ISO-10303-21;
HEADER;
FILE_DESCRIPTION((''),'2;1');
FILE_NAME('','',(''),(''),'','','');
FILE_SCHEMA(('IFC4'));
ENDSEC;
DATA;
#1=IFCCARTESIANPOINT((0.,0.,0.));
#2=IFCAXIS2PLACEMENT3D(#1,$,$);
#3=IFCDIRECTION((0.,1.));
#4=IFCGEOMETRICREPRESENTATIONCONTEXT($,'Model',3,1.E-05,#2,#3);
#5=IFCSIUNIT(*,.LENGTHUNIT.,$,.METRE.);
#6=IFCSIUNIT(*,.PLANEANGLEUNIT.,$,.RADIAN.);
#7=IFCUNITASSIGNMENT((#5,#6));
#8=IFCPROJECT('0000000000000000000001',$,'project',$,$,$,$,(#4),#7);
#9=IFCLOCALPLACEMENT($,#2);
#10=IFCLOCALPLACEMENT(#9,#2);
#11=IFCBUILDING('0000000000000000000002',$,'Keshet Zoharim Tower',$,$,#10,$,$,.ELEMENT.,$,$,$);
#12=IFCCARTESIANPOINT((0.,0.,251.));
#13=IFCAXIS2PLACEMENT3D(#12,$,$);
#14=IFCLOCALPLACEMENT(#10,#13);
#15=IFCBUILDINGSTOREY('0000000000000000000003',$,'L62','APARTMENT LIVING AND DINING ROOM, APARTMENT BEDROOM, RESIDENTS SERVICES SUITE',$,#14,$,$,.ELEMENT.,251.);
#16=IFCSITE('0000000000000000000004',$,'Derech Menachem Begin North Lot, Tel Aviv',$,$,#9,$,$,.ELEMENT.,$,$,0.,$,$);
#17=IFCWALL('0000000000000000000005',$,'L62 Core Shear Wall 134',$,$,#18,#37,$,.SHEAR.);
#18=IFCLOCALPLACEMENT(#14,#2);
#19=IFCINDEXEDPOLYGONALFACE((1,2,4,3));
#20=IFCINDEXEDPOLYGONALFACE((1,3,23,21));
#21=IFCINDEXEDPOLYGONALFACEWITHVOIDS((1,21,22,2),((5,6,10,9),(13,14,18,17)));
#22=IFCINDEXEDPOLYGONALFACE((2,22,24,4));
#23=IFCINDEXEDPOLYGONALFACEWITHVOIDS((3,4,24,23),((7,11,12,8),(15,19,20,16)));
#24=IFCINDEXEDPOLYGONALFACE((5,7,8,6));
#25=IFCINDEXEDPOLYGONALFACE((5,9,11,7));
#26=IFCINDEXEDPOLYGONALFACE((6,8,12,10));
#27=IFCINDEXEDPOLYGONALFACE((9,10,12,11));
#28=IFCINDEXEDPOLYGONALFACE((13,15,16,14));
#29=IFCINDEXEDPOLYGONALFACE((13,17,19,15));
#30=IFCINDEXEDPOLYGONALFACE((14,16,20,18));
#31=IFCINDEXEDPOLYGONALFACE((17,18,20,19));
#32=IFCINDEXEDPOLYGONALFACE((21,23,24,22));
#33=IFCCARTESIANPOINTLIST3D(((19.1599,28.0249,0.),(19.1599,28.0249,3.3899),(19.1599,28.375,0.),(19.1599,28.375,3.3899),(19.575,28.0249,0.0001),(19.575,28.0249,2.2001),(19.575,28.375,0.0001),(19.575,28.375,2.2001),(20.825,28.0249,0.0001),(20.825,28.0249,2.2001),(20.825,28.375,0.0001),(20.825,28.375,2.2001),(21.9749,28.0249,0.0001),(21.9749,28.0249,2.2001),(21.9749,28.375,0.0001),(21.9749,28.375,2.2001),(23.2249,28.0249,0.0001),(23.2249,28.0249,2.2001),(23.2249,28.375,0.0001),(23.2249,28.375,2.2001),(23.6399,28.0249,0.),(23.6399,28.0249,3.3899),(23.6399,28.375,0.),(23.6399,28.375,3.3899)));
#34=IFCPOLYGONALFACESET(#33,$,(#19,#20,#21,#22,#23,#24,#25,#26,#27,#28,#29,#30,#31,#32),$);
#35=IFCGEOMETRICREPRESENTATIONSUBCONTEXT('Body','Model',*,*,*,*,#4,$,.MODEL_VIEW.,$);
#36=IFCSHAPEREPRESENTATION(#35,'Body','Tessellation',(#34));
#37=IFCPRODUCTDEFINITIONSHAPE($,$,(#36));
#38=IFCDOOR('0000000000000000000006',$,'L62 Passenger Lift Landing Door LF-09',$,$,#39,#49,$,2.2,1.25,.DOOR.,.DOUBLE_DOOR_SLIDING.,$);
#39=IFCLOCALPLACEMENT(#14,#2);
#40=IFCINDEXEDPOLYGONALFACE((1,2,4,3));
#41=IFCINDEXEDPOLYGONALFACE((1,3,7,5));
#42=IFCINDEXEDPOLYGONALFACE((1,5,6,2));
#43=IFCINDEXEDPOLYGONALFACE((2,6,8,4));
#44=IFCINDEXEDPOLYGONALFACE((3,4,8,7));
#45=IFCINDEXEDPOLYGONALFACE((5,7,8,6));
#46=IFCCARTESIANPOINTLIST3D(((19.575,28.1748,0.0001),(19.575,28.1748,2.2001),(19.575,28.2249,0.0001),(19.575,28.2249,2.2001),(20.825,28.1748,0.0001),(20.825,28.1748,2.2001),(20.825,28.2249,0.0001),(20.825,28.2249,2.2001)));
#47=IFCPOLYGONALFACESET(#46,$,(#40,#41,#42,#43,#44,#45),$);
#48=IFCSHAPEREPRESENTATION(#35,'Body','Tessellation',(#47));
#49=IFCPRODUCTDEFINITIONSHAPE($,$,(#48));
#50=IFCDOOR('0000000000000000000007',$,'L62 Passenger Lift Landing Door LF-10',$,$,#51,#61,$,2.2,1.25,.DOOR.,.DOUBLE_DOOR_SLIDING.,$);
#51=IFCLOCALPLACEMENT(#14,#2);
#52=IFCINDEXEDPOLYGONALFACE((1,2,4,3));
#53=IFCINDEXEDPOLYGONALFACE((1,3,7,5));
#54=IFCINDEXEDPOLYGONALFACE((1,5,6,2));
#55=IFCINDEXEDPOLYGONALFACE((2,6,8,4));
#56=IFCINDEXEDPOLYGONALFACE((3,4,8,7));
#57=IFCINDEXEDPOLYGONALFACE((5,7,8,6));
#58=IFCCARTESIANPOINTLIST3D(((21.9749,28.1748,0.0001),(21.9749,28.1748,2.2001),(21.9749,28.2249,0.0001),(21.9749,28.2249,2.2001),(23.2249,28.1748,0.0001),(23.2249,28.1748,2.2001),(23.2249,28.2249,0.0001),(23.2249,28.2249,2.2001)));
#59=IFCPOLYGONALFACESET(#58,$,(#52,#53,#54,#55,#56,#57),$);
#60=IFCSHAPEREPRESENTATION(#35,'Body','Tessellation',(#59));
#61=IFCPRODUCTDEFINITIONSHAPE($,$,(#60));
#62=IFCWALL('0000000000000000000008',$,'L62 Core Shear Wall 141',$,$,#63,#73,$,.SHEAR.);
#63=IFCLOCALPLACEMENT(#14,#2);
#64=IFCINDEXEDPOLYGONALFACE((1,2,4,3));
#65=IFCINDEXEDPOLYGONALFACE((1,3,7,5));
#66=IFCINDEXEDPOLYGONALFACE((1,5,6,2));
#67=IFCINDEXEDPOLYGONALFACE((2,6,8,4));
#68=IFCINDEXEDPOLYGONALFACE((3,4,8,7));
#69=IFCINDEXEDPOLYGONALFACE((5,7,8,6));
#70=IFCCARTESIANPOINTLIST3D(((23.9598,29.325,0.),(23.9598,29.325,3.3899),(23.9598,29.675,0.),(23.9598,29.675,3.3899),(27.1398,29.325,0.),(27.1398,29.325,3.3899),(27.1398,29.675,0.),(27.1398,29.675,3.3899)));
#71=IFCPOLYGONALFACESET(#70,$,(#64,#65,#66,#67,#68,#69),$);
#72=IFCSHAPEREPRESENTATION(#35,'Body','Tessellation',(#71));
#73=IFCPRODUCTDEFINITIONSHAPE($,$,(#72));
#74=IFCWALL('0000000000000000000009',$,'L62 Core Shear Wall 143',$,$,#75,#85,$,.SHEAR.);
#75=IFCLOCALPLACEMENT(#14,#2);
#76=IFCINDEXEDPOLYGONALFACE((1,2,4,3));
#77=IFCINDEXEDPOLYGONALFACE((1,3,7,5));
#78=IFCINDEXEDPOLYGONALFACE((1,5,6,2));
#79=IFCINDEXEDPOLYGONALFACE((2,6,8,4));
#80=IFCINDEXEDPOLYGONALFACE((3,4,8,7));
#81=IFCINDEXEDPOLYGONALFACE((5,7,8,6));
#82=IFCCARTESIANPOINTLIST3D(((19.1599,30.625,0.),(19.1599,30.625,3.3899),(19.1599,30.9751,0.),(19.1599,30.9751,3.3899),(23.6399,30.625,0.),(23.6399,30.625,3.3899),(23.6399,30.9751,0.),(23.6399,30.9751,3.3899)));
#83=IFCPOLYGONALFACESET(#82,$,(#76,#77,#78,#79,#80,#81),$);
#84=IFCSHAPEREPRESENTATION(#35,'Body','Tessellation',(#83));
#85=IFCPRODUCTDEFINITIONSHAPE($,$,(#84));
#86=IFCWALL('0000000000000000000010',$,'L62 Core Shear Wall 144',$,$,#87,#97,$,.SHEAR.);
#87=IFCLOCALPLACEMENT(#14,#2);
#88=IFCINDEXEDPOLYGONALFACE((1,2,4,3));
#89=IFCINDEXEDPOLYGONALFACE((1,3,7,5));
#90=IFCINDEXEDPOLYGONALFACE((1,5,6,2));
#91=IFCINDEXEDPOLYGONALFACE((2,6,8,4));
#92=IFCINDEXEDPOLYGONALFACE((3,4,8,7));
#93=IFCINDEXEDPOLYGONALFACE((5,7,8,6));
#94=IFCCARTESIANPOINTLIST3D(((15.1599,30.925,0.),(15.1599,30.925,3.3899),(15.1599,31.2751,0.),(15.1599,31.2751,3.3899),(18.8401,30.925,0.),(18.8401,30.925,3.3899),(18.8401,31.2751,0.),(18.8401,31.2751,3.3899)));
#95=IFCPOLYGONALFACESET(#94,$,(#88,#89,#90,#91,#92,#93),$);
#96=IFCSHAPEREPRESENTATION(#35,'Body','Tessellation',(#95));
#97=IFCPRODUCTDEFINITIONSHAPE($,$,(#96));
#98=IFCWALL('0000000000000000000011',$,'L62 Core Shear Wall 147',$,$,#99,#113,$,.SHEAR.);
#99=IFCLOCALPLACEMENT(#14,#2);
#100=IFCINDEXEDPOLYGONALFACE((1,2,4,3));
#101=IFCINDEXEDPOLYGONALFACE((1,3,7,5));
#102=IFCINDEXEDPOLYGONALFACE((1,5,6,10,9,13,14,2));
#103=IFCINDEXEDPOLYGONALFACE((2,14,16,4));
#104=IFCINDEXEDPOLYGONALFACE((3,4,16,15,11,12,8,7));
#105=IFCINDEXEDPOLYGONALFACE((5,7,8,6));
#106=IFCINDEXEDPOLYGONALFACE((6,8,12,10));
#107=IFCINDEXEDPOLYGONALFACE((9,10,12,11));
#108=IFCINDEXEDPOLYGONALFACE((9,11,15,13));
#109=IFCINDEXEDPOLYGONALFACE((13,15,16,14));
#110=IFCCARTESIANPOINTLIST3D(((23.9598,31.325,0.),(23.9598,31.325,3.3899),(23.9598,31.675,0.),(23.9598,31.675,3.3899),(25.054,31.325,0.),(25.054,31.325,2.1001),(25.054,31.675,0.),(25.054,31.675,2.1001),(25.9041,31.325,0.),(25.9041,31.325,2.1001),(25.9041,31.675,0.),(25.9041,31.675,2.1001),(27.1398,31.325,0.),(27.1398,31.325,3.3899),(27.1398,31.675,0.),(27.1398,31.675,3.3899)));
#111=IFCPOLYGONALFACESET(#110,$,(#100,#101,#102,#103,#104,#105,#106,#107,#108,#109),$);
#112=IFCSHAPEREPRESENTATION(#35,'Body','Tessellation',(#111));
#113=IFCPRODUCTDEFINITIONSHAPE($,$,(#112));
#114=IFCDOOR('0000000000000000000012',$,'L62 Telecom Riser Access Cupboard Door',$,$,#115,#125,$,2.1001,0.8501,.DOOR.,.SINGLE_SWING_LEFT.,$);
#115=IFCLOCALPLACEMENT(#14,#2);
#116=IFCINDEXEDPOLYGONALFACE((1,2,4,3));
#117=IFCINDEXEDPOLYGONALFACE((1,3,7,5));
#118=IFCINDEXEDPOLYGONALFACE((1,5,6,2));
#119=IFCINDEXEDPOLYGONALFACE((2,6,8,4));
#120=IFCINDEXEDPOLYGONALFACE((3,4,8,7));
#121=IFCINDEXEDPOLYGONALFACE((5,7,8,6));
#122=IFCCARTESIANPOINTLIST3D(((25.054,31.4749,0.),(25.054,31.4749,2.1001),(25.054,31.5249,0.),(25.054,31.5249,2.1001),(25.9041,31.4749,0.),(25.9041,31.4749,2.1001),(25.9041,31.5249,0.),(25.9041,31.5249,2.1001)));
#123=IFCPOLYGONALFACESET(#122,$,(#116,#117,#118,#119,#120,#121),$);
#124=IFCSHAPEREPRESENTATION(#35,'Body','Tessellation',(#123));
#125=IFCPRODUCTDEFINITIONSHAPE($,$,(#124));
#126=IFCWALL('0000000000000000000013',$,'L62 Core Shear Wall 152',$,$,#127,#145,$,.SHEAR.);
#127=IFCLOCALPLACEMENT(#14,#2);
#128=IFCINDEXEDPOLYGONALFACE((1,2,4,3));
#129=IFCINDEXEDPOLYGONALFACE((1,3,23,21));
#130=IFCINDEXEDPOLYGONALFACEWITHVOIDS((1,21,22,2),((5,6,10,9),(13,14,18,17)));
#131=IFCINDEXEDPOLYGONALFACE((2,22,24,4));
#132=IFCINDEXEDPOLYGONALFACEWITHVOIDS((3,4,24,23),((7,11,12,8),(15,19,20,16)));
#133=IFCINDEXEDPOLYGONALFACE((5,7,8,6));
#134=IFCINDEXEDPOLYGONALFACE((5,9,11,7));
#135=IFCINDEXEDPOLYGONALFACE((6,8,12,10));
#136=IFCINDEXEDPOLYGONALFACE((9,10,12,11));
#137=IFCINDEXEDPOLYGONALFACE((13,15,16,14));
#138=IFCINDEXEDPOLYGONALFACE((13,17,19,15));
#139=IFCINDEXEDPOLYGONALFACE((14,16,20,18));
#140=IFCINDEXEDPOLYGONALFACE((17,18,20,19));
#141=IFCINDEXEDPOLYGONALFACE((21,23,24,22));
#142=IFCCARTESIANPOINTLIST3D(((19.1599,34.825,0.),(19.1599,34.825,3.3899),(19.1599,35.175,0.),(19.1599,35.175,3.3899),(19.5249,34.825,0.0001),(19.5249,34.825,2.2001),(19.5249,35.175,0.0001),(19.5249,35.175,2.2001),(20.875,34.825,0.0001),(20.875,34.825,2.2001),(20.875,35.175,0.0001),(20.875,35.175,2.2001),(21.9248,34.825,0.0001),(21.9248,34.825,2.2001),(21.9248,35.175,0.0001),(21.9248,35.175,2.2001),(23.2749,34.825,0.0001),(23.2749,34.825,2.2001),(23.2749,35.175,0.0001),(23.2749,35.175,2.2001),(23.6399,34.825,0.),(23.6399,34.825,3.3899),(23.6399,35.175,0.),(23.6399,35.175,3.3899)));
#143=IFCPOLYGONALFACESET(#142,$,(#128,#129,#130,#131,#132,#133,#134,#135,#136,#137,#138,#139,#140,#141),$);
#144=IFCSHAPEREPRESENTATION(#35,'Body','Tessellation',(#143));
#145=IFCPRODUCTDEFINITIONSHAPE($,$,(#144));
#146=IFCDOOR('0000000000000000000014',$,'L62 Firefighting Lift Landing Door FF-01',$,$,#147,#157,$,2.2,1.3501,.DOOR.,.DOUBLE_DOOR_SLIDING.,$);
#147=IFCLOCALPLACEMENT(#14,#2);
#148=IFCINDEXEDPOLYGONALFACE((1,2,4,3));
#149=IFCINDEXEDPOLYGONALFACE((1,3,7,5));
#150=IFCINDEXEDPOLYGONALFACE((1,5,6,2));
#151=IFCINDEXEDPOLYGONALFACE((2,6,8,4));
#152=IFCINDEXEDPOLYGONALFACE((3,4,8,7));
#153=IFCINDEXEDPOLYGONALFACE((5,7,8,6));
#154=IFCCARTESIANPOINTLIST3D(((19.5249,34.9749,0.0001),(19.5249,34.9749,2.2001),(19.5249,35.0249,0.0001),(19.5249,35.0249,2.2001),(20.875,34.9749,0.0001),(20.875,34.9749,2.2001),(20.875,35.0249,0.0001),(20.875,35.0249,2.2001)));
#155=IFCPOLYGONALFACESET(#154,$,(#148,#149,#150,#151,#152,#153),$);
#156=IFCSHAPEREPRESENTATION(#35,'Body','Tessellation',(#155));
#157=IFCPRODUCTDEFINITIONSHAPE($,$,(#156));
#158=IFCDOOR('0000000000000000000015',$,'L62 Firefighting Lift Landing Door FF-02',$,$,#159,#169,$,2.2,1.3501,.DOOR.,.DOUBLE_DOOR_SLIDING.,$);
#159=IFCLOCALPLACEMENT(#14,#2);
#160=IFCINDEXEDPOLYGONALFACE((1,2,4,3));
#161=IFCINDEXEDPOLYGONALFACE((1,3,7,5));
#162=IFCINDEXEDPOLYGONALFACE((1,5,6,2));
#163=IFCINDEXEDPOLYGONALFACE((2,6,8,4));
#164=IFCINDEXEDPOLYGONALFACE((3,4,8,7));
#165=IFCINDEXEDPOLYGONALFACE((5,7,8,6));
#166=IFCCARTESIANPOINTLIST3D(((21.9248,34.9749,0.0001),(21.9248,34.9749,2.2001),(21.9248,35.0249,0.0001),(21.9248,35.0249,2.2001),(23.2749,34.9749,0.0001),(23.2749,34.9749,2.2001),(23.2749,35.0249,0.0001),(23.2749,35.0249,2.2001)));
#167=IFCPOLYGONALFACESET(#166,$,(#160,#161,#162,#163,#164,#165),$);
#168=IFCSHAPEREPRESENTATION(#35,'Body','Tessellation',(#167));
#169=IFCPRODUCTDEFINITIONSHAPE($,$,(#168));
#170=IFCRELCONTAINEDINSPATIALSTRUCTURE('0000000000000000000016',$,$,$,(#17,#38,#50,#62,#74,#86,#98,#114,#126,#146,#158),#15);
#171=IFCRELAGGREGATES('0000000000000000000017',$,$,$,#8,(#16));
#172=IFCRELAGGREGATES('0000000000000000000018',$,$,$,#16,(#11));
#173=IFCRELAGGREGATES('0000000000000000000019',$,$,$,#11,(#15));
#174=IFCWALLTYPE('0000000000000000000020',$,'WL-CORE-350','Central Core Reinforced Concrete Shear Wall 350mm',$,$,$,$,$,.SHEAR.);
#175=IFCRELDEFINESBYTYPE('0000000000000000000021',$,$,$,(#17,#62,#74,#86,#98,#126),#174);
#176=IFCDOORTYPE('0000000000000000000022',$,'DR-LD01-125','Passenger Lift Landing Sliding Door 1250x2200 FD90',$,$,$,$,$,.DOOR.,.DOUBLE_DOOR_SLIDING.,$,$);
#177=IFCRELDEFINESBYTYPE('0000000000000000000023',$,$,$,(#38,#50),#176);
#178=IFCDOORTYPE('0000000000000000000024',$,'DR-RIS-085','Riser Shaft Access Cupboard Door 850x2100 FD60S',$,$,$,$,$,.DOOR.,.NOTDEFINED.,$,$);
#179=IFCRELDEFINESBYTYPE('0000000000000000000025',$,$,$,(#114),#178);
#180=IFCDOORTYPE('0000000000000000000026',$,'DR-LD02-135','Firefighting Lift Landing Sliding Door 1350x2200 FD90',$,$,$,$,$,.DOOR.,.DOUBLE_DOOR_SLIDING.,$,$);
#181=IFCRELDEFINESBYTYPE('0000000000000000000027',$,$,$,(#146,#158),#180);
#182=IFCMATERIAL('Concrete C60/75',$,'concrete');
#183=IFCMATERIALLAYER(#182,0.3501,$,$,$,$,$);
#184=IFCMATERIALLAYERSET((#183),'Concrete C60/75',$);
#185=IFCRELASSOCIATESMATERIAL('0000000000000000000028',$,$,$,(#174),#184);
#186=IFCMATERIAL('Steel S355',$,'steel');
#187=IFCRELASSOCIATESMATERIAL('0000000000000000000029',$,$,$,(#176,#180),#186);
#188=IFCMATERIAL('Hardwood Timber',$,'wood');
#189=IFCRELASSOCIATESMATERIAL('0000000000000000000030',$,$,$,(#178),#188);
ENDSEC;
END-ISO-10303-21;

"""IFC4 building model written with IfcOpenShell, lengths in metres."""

from ifc_helpers import new_model, si_unit, direction, frame, frame_2d, origin, place, context, subcontext, project, spatial, rectangle, extrude, material, layer, layer_set, type_object, element, fill, save


model = new_model("IFC4")

# Units and contexts
model_context = context("Model", 3, precision=1e-05, world=origin(), true_north=direction((0.0, 1.0)))
body_context = subcontext(model_context, "Body", "Model", "MODEL_VIEW")
ifc_project = project(units=[si_unit("LENGTHUNIT", "METRE"), si_unit("PLANEANGLEUNIT", "RADIAN")], contexts=[model_context])

# Site, building, storey
site_placement = place(None, origin())
site = spatial("IfcSite", under=ifc_project, at=site_placement, Name="Derech Menachem Begin North Lot, Tel Aviv", CompositionType="ELEMENT", RefElevation=0.0)
building_placement = place(site_placement, origin())
building = spatial("IfcBuilding", under=site, at=building_placement, Name="Keshet Zoharim Tower", CompositionType="ELEMENT")
storey_placement = place(building_placement, frame((0.0, 0.0, 251.0)))
storey = spatial("IfcBuildingStorey", under=building, at=storey_placement, Name="L62", Description="APARTMENT LIVING AND DINING ROOM, APARTMENT BEDROOM, RESIDENTS SERVICES SUITE", CompositionType="ELEMENT", Elevation=251.0)

# Shared definitions
ifc_material_1 = material(Name="Steel S355", Category="steel")

# Shared definitions
ifc_material_2 = material(Name="Concrete C60/75", Category="concrete")
ifc_layer_1 = layer(ifc_material_2, 0.3501)
ifc_layer_set_1 = layer_set([ifc_layer_1], Name="Concrete C60/75")
wall_type_1 = type_object("IfcWallType", Name="WL-CORE-350", Description="Central Core Reinforced Concrete Shear Wall 350mm", PredefinedType="SHEAR", material=ifc_layer_set_1)

# Shared definitions
ifc_material_3 = material(Name="Hardwood Timber", Category="wood")

# Wall, openings, doors
wall_1_placement = place(storey_placement, frame((19.1599, 28.2, 0.0), z_axis=(0.0, 0.0, 1.0), x_axis=(1.0, 0.0, 0.0)))
wall_1 = element("IfcWall", 1, at=wall_1_placement, inside=storey, type_object=wall_type_1, Name="L62 Core Shear Wall 134", PredefinedType="SHEAR", context=body_context, shape_type="SweptSolid", body=[
    extrude(rectangle(XDim=4.48, YDim=0.3501, at=frame_2d((2.24, 0.0))), origin(), (0.0, 0.0, 1.0), 3.3899),
])
opening_1_placement = place(wall_1_placement, frame((0.415, 0.0, 0.0)))
opening_1 = element("IfcOpeningElement", 2, at=opening_1_placement, cuts=wall_1, PredefinedType="OPENING", context=body_context, shape_type="SweptSolid", body=[
    extrude(rectangle(XDim=1.25, YDim=2.2, at=frame_2d((0.625, 1.1001))), frame((0.0, 0.1851, 0.0), z_axis=(0.0, -1.0, 0.0), x_axis=(1.0, 0.0, 0.0)), (0.0, 0.0, 1.0), 0.3701),
])
opening_2_placement = place(wall_1_placement, frame((2.8149, 0.0, 0.0)))
opening_2 = element("IfcOpeningElement", 3, at=opening_2_placement, cuts=wall_1, PredefinedType="OPENING", context=body_context, shape_type="SweptSolid", body=[
    extrude(rectangle(XDim=1.25, YDim=2.2, at=frame_2d((0.625, 1.1001))), frame((0.0, 0.1851, 0.0), z_axis=(0.0, -1.0, 0.0), x_axis=(1.0, 0.0, 0.0)), (0.0, 0.0, 1.0), 0.3701),
])
door_type_1 = type_object("IfcDoorType", Name="DR-LD01-125", Description="Passenger Lift Landing Sliding Door 1250x2200 FD90", OperationType="DOUBLE_DOOR_SLIDING", PredefinedType="DOOR", material=ifc_material_1)
door_1_placement = place(opening_1_placement, origin())
door_1 = element("IfcDoor", 4, at=door_1_placement, inside=storey, type_object=door_type_1, Name="L62 Passenger Lift Landing Door LF-09", OperationType="DOUBLE_DOOR_SLIDING", OverallHeight=2.2, OverallWidth=1.25, PredefinedType="DOOR", context=body_context, shape_type="SweptSolid", body=[
    extrude(rectangle(XDim=1.25, YDim=2.2, at=frame_2d((0.625, 1.1001))), frame((0.0, 0.0249, 0.0), z_axis=(0.0, -1.0, 0.0), x_axis=(1.0, 0.0, 0.0)), (0.0, 0.0, 1.0), 0.05),
])
fill(opening_1, door_1)
door_2_placement = place(opening_2_placement, origin())
door_2 = element("IfcDoor", 5, at=door_2_placement, inside=storey, type_object=door_type_1, Name="L62 Passenger Lift Landing Door LF-10", OperationType="DOUBLE_DOOR_SLIDING", OverallHeight=2.2, OverallWidth=1.25, PredefinedType="DOOR", context=body_context, shape_type="SweptSolid", body=[
    extrude(rectangle(XDim=1.25, YDim=2.2, at=frame_2d((0.625, 1.1001))), frame((0.0, 0.0249, 0.0), z_axis=(0.0, -1.0, 0.0), x_axis=(1.0, 0.0, 0.0)), (0.0, 0.0, 1.0), 0.05),
])
fill(opening_2, door_2)

# Walls
wall_2_placement = place(storey_placement, frame((23.96, 29.5, 0.0), z_axis=(0.0, 0.0, 1.0), x_axis=(1.0, 0.0, 0.0)))
element("IfcWall", 6, at=wall_2_placement, inside=storey, type_object=wall_type_1, Name="L62 Core Shear Wall 141", PredefinedType="SHEAR", context=body_context, shape_type="SweptSolid", body=[
    extrude(rectangle(XDim=3.1799, YDim=0.3501, at=frame_2d((1.5898, 0.0))), origin(), (0.0, 0.0, 1.0), 3.3899),
])
wall_3_placement = place(storey_placement, frame((19.1599, 30.8, 0.0), z_axis=(0.0, 0.0, 1.0), x_axis=(1.0, 0.0, 0.0)))
element("IfcWall", 7, at=wall_3_placement, inside=storey, type_object=wall_type_1, Name="L62 Core Shear Wall 143", PredefinedType="SHEAR", context=body_context, shape_type="SweptSolid", body=[
    extrude(rectangle(XDim=4.48, YDim=0.3501, at=frame_2d((2.24, 0.0))), origin(), (0.0, 0.0, 1.0), 3.3899),
])
wall_4_placement = place(storey_placement, frame((15.1599, 31.1001, 0.0), z_axis=(0.0, 0.0, 1.0), x_axis=(1.0, 0.0, 0.0)))
element("IfcWall", 8, at=wall_4_placement, inside=storey, type_object=wall_type_1, Name="L62 Core Shear Wall 144", PredefinedType="SHEAR", context=body_context, shape_type="SweptSolid", body=[
    extrude(rectangle(XDim=3.6802, YDim=0.3501, at=frame_2d((1.8401, 0.0))), origin(), (0.0, 0.0, 1.0), 3.3899),
])

# Wall, opening, door
wall_5_placement = place(storey_placement, frame((23.96, 31.5, 0.0), z_axis=(0.0, 0.0, 1.0), x_axis=(1.0, 0.0, 0.0)))
wall_5 = element("IfcWall", 9, at=wall_5_placement, inside=storey, type_object=wall_type_1, Name="L62 Core Shear Wall 147", PredefinedType="SHEAR", context=body_context, shape_type="SweptSolid", body=[
    extrude(rectangle(XDim=3.1799, YDim=0.3501, at=frame_2d((1.5898, 0.0))), origin(), (0.0, 0.0, 1.0), 3.3899),
])
opening_3_placement = place(wall_5_placement, frame((1.094, 0.0, 0.0)))
opening_3 = element("IfcOpeningElement", 10, at=opening_3_placement, cuts=wall_5, PredefinedType="OPENING", context=body_context, shape_type="SweptSolid", body=[
    extrude(rectangle(XDim=0.8501, YDim=2.1001, at=frame_2d((0.425, 1.05))), frame((0.0, 0.1851, 0.0), z_axis=(0.0, -1.0, 0.0), x_axis=(1.0, 0.0, 0.0)), (0.0, 0.0, 1.0), 0.3701),
])
door_type_2 = type_object("IfcDoorType", Name="DR-RIS-085", Description="Riser Shaft Access Cupboard Door 850x2100 FD60S", OperationType="NOTDEFINED", PredefinedType="DOOR", material=ifc_material_3)
door_3_placement = place(opening_3_placement, origin())
door_3 = element("IfcDoor", 11, at=door_3_placement, inside=storey, type_object=door_type_2, Name="L62 Telecom Riser Access Cupboard Door", OperationType="SINGLE_SWING_LEFT", OverallHeight=2.1001, OverallWidth=0.8501, PredefinedType="DOOR", context=body_context, shape_type="SweptSolid", body=[
    extrude(rectangle(XDim=0.8501, YDim=2.1001, at=frame_2d((0.425, 1.05))), frame((0.0, 0.0249, 0.0), z_axis=(0.0, -1.0, 0.0), x_axis=(1.0, 0.0, 0.0)), (0.0, 0.0, 1.0), 0.05),
])
fill(opening_3, door_3)

# Wall, openings, doors
wall_6_placement = place(storey_placement, frame((19.1599, 35.0, 0.0), z_axis=(0.0, 0.0, 1.0), x_axis=(1.0, 0.0, 0.0)))
wall_6 = element("IfcWall", 12, at=wall_6_placement, inside=storey, type_object=wall_type_1, Name="L62 Core Shear Wall 152", PredefinedType="SHEAR", context=body_context, shape_type="SweptSolid", body=[
    extrude(rectangle(XDim=4.48, YDim=0.3501, at=frame_2d((2.24, 0.0))), origin(), (0.0, 0.0, 1.0), 3.3899),
])
opening_4_placement = place(wall_6_placement, frame((0.365, 0.0, 0.0)))
opening_4 = element("IfcOpeningElement", 13, at=opening_4_placement, cuts=wall_6, PredefinedType="OPENING", context=body_context, shape_type="SweptSolid", body=[
    extrude(rectangle(XDim=1.3501, YDim=2.2, at=frame_2d((0.675, 1.1001))), frame((0.0, 0.1851, 0.0), z_axis=(0.0, -1.0, 0.0), x_axis=(1.0, 0.0, 0.0)), (0.0, 0.0, 1.0), 0.3701),
])
opening_5_placement = place(wall_6_placement, frame((2.7649, 0.0, 0.0)))
opening_5 = element("IfcOpeningElement", 14, at=opening_5_placement, cuts=wall_6, PredefinedType="OPENING", context=body_context, shape_type="SweptSolid", body=[
    extrude(rectangle(XDim=1.3501, YDim=2.2, at=frame_2d((0.675, 1.1001))), frame((0.0, 0.1851, 0.0), z_axis=(0.0, -1.0, 0.0), x_axis=(1.0, 0.0, 0.0)), (0.0, 0.0, 1.0), 0.3701),
])
door_type_3 = type_object("IfcDoorType", Name="DR-LD02-135", Description="Firefighting Lift Landing Sliding Door 1350x2200 FD90", OperationType="DOUBLE_DOOR_SLIDING", PredefinedType="DOOR", material=ifc_material_1)
door_4_placement = place(opening_4_placement, origin())
door_4 = element("IfcDoor", 15, at=door_4_placement, inside=storey, type_object=door_type_3, Name="L62 Firefighting Lift Landing Door FF-01", OperationType="DOUBLE_DOOR_SLIDING", OverallHeight=2.2, OverallWidth=1.3501, PredefinedType="DOOR", context=body_context, shape_type="SweptSolid", body=[
    extrude(rectangle(XDim=1.3501, YDim=2.2, at=frame_2d((0.675, 1.1001))), frame((0.0, 0.0249, 0.0), z_axis=(0.0, -1.0, 0.0), x_axis=(1.0, 0.0, 0.0)), (0.0, 0.0, 1.0), 0.05),
])
fill(opening_4, door_4)
door_5_placement = place(opening_5_placement, origin())
door_5 = element("IfcDoor", 16, at=door_5_placement, inside=storey, type_object=door_type_3, Name="L62 Firefighting Lift Landing Door FF-02", OperationType="DOUBLE_DOOR_SLIDING", OverallHeight=2.2, OverallWidth=1.3501, PredefinedType="DOOR", context=body_context, shape_type="SweptSolid", body=[
    extrude(rectangle(XDim=1.3501, YDim=2.2, at=frame_2d((0.675, 1.1001))), frame((0.0, 0.0249, 0.0), z_axis=(0.0, -1.0, 0.0), x_axis=(1.0, 0.0, 0.0)), (0.0, 0.0, 1.0), 0.05),
])
fill(opening_5, door_5)

save(model, "model.ifc")
